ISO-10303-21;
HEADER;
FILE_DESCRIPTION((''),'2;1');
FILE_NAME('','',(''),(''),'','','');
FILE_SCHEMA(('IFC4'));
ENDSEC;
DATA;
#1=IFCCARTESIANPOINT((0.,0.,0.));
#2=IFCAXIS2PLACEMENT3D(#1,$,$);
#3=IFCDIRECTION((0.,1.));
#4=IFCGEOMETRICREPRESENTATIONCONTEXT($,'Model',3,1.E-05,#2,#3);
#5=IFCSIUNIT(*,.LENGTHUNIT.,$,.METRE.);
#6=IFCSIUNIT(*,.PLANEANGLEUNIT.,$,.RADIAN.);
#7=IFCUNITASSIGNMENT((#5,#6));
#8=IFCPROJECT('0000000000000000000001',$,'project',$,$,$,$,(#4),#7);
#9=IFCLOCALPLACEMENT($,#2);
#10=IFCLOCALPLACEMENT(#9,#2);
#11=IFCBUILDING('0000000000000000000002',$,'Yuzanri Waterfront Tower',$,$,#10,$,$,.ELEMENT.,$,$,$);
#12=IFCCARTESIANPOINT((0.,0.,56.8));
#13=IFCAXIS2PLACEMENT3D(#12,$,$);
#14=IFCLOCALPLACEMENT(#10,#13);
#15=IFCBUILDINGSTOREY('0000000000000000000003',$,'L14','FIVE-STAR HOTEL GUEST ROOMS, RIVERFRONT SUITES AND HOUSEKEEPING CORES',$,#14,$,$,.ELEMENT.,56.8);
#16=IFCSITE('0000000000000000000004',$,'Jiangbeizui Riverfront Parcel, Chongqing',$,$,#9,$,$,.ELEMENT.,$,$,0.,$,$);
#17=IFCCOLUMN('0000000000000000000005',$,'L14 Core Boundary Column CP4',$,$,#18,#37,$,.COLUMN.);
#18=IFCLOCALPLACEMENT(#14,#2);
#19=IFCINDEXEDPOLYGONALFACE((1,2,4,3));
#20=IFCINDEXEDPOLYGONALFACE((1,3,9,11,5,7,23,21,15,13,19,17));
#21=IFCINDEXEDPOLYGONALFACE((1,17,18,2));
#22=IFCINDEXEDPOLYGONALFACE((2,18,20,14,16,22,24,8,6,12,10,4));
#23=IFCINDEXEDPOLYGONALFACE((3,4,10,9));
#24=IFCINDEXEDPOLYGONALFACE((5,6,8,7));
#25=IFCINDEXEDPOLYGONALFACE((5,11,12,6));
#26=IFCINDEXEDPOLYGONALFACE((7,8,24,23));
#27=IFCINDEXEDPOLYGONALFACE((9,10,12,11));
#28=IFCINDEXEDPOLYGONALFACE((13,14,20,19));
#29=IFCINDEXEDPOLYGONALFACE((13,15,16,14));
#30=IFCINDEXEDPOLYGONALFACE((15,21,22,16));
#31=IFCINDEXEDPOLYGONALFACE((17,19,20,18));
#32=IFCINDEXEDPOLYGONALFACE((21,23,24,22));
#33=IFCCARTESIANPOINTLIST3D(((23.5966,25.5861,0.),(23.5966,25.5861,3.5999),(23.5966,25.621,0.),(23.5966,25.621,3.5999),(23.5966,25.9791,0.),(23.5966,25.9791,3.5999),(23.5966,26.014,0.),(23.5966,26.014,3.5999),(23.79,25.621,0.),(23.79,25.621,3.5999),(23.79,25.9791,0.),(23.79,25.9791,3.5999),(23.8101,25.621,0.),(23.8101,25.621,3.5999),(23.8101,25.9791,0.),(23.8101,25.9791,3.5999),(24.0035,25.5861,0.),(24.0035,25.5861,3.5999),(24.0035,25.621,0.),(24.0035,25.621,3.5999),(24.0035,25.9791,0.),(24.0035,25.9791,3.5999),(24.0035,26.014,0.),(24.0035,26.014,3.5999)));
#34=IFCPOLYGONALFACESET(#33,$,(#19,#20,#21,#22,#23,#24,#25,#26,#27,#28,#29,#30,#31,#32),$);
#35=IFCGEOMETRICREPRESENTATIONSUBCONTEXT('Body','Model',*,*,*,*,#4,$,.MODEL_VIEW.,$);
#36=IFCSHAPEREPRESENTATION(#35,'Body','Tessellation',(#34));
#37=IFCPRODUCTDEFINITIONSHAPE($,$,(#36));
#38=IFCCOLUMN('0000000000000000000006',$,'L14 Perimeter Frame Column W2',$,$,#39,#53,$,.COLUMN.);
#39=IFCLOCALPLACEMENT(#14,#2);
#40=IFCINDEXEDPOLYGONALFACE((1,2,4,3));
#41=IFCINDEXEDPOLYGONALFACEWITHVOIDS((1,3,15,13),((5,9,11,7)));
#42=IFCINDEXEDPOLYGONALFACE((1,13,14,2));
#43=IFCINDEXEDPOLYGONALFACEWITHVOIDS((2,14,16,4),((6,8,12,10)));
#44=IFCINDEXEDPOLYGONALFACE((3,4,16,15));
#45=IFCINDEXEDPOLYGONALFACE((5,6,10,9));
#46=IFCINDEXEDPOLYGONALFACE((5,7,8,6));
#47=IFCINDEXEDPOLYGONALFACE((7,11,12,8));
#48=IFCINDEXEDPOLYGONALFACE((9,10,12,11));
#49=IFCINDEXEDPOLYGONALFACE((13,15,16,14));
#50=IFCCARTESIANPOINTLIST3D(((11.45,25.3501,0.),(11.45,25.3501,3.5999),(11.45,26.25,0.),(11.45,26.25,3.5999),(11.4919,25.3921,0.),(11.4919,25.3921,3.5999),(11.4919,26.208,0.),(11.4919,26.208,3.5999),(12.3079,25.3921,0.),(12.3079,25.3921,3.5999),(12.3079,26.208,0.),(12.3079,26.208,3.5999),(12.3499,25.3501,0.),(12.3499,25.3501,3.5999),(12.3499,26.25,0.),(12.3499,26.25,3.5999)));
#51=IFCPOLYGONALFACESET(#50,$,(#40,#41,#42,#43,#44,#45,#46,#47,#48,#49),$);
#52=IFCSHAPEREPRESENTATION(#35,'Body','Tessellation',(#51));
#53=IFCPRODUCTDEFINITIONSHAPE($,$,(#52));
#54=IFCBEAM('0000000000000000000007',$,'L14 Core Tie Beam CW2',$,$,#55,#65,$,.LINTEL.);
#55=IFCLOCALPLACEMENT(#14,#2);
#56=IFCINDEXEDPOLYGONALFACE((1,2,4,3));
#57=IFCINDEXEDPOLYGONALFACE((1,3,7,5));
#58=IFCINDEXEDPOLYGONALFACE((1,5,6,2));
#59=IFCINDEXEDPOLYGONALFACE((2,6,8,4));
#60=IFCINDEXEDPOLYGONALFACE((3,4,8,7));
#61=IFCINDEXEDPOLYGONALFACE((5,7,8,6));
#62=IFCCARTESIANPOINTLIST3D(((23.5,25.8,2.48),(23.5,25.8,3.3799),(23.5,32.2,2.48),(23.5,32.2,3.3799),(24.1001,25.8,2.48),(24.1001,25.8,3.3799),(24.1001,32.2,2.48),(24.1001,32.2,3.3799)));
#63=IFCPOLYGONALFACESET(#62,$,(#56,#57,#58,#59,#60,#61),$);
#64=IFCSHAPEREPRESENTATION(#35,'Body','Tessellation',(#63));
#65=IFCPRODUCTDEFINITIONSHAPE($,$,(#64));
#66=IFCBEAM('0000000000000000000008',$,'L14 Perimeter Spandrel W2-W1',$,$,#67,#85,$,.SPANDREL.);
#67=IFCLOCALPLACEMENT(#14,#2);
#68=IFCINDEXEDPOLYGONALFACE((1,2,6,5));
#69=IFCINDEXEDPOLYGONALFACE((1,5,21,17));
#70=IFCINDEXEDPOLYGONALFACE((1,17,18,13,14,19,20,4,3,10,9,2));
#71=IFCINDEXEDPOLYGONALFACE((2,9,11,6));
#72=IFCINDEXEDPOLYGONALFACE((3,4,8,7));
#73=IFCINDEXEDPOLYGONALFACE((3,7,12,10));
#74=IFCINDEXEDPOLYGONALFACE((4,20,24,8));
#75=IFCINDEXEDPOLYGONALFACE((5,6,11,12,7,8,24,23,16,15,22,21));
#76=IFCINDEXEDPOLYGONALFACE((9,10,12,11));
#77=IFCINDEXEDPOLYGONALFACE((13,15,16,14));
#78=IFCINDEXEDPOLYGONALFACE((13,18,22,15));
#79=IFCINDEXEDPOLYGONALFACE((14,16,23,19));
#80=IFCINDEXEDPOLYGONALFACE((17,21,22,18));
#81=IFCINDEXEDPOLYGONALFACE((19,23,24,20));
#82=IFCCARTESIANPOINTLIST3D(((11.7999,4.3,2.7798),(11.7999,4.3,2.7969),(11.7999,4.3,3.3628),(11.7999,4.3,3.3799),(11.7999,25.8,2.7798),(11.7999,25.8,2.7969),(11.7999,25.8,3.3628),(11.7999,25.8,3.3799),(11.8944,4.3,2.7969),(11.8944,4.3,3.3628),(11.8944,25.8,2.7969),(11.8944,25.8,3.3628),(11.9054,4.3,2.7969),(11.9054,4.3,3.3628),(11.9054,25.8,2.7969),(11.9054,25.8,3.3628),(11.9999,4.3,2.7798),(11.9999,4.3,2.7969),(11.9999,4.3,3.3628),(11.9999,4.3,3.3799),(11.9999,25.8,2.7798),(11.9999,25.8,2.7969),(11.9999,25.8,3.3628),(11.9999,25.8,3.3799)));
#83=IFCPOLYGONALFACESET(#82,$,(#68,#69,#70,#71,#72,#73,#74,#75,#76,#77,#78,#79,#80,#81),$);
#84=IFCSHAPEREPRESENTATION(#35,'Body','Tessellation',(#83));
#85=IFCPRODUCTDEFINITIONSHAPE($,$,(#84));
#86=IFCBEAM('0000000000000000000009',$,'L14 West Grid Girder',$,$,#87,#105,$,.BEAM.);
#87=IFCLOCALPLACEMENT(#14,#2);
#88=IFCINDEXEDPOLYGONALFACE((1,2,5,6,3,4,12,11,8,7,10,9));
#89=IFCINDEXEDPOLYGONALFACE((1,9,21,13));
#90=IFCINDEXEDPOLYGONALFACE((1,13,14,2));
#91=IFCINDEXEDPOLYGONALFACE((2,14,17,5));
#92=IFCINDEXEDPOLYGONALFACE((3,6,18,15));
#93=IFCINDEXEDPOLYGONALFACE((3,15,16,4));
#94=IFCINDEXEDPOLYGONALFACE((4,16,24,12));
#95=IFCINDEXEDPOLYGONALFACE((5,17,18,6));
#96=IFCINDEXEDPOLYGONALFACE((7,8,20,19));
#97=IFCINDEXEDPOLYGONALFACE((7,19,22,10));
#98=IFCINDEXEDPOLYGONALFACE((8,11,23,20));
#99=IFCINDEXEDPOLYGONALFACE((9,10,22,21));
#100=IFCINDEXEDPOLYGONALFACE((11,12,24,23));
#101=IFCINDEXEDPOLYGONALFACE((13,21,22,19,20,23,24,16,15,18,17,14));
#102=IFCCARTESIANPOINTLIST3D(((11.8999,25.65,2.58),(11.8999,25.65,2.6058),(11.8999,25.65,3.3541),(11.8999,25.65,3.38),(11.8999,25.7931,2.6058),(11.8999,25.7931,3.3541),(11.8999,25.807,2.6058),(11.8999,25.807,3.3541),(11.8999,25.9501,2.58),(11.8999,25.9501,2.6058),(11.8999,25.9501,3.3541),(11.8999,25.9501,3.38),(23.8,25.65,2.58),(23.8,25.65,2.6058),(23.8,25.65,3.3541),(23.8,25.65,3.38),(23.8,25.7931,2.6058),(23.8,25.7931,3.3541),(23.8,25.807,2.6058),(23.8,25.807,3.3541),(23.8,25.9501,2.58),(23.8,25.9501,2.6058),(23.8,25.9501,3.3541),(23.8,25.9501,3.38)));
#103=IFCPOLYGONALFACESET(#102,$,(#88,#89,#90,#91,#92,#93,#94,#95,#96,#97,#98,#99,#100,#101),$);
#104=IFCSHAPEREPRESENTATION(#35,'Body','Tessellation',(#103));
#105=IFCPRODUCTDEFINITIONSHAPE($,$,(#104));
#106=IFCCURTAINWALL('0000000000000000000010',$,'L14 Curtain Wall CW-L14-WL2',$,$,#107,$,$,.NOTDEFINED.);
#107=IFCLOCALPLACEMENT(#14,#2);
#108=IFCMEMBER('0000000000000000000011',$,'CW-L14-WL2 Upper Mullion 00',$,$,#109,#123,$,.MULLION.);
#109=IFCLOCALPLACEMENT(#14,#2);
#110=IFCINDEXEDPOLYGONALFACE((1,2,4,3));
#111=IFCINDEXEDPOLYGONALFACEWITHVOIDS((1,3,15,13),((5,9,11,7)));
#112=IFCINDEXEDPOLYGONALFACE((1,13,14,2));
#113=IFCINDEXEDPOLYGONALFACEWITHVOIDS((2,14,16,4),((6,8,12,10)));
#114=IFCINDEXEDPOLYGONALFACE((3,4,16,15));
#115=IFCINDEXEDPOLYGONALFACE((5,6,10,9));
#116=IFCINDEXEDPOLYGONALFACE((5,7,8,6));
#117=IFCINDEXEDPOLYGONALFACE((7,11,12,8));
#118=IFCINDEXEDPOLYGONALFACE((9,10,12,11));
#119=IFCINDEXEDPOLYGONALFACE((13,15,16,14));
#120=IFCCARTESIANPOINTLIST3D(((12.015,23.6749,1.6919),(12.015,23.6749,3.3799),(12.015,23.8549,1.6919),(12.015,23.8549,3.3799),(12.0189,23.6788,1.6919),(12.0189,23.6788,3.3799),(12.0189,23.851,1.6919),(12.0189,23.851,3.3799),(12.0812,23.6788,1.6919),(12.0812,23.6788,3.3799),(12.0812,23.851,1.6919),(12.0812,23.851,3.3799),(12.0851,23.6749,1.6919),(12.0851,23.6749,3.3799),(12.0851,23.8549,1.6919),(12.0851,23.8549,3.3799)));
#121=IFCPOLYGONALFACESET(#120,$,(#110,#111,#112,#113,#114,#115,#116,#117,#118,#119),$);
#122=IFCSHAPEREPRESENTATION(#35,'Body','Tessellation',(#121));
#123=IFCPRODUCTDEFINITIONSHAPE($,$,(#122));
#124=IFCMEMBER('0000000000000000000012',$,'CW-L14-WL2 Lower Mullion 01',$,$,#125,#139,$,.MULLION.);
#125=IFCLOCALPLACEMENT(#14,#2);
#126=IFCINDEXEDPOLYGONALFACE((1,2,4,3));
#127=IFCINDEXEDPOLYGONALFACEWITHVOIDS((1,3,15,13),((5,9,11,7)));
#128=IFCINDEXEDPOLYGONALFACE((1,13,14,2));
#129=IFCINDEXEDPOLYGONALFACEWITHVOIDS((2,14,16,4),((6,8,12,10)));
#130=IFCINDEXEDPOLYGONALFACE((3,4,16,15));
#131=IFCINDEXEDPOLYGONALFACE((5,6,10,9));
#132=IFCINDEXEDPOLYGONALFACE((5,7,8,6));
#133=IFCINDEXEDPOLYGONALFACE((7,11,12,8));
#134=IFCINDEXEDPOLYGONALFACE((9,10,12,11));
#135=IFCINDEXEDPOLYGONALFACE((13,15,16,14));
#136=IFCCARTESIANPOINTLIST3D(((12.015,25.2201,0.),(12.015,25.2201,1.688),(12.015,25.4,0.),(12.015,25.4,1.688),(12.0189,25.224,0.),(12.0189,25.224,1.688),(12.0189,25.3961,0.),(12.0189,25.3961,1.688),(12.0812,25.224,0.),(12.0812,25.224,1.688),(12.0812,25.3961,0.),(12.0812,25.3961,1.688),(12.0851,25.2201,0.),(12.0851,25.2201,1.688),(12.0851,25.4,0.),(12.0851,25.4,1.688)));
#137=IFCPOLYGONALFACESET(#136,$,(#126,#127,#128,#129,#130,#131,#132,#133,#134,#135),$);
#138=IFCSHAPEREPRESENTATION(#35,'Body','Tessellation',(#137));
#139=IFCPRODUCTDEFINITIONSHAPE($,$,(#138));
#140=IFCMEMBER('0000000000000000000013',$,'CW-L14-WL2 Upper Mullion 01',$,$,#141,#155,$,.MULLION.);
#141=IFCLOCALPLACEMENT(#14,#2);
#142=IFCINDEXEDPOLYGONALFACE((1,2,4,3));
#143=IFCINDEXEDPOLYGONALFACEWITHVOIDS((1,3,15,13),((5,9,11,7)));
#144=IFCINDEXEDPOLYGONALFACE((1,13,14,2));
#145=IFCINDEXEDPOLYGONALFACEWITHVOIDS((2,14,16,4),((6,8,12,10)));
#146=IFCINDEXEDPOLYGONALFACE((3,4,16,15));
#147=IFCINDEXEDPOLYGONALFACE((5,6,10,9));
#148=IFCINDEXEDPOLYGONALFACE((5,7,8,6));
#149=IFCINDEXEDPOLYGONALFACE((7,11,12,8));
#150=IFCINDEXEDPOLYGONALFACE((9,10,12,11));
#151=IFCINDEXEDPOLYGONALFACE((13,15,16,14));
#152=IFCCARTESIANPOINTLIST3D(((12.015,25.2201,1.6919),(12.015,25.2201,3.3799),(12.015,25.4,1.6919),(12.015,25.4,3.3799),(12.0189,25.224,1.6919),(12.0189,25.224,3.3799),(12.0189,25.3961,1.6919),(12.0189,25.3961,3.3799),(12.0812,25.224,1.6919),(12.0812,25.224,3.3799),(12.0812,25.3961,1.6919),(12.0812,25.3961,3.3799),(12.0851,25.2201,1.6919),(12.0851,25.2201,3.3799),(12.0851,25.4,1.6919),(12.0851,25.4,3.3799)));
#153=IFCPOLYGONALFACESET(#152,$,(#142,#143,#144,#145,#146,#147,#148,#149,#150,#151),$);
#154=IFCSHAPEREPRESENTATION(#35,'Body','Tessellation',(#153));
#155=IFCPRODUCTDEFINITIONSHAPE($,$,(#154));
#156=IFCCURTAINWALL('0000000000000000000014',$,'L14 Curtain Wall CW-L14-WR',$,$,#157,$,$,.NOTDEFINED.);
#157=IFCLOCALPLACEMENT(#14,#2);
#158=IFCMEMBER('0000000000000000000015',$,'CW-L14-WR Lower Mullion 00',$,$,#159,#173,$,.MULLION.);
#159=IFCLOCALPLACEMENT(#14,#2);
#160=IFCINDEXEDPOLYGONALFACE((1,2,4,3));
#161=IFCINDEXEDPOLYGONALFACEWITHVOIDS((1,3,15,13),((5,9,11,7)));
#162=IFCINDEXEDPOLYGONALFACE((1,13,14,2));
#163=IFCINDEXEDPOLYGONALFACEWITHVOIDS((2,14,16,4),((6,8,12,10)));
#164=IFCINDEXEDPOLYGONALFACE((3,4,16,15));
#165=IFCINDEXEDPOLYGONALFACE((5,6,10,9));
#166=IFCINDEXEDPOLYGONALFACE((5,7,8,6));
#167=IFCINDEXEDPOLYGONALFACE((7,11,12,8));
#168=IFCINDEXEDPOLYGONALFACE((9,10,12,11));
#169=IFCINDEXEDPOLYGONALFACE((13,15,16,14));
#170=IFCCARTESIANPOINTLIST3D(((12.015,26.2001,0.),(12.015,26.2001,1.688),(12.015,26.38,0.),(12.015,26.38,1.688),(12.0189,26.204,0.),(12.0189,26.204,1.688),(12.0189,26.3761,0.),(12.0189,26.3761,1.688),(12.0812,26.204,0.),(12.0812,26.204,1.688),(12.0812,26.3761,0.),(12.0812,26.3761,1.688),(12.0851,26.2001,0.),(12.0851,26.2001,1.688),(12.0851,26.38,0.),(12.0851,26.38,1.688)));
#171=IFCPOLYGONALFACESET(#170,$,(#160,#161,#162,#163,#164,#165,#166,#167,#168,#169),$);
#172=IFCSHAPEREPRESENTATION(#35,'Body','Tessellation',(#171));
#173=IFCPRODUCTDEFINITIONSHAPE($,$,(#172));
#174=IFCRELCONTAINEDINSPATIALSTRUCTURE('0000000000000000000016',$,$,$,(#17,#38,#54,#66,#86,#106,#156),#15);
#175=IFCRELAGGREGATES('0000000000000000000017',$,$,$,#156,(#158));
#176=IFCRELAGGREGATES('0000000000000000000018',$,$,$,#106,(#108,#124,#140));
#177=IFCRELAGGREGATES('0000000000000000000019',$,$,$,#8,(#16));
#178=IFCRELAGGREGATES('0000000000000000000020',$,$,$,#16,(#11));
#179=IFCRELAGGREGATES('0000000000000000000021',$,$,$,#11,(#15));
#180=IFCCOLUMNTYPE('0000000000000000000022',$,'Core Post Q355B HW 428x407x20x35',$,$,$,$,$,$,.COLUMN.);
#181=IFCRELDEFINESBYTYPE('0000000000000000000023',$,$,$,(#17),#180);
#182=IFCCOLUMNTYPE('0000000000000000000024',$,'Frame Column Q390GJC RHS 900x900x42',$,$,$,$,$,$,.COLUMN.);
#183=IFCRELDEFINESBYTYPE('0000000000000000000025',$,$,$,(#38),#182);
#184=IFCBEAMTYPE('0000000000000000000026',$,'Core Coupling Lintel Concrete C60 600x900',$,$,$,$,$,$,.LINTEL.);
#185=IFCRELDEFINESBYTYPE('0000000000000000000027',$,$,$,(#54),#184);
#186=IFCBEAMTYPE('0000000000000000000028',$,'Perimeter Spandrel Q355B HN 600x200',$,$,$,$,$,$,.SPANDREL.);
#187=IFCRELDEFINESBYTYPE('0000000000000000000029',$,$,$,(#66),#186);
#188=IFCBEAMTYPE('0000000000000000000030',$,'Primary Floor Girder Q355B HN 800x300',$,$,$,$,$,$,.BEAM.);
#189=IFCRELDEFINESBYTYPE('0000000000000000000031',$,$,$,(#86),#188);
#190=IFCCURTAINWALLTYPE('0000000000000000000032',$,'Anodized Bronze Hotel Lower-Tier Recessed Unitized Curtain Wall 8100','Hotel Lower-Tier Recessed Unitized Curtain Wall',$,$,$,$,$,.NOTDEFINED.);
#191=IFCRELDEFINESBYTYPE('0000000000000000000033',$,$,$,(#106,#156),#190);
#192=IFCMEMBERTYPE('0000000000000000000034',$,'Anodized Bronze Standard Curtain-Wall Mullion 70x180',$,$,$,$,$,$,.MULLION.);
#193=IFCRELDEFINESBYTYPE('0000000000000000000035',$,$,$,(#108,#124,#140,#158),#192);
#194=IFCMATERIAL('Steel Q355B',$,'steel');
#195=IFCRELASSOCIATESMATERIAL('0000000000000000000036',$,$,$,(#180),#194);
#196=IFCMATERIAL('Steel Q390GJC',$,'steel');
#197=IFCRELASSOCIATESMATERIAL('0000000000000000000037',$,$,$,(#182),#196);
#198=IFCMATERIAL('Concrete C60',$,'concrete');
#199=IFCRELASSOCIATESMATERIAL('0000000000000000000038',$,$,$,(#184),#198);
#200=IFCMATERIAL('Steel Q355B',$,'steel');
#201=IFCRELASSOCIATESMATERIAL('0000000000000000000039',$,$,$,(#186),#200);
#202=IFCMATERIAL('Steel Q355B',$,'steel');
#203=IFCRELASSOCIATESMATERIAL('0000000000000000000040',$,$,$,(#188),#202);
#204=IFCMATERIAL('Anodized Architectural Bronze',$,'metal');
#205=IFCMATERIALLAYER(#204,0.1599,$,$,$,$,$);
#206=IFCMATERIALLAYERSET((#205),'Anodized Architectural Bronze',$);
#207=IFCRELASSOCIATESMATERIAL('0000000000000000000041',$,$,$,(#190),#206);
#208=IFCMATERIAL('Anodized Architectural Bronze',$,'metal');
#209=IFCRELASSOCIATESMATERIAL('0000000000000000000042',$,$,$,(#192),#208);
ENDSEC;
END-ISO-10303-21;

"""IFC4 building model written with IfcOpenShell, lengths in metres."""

from ifc_helpers import new_model, si_unit, direction, frame, origin, origin_2d, place, context, subcontext, project, spatial, rectangle, hollow_rectangle, i_section, extrude, source, transform, mapped, material, layer, layer_set, material_profile, profile_set, type_object, element, aggregate, save


model = new_model("IFC4")

# Units and contexts
model_context = context("Model", 3, precision=1e-05, world=origin(), true_north=direction((0.0, 1.0)))
body_context = subcontext(model_context, "Body", "Model", "MODEL_VIEW")
ifc_project = project(units=[si_unit("LENGTHUNIT", "METRE"), si_unit("PLANEANGLEUNIT", "RADIAN")], contexts=[model_context])

# Site, building, storey
site_placement = place(None, origin())
site = spatial("IfcSite", under=ifc_project, at=site_placement, Name="Jiangbeizui Riverfront Parcel, Chongqing", CompositionType="ELEMENT", RefElevation=0.0)
building_placement = place(site_placement, origin())
building = spatial("IfcBuilding", under=site, at=building_placement, Name="Yuzanri Waterfront Tower", CompositionType="ELEMENT")
storey_placement = place(building_placement, frame((0.0, 0.0, 56.8)))
storey = spatial("IfcBuildingStorey", under=building, at=storey_placement, Name="L14", Description="FIVE-STAR HOTEL GUEST ROOMS, RIVERFRONT SUITES AND HOUSEKEEPING CORES", CompositionType="ELEMENT", Elevation=56.8)

# Columns
ifc_material_1 = material(Name="Steel Q355B", Category="steel")
ifc_material_profile_1 = material_profile(ifc_material_1, i_section(OverallWidth=0.407, OverallDepth=0.428, WebThickness=0.02, FlangeThickness=0.0349, at=origin_2d()), Name="HW 428x407x20x35")
ifc_profile_set_1 = profile_set([ifc_material_profile_1], Name="Steel Q355B")
column_type_1 = type_object("IfcColumnType", Name="Core Post Q355B HW 428x407x20x35", PredefinedType="COLUMN", material=ifc_profile_set_1)
shared_shape_1 = source(origin(), body_context, "Body", "SweptSolid", [
    extrude(i_section(OverallWidth=0.407, OverallDepth=0.428, WebThickness=0.02, FlangeThickness=0.0349, at=origin_2d()), origin(), (0.0, 0.0, 1.0), 3.5999),
])
column_1_placement = place(storey_placement, frame((23.8, 25.8, 0.0), z_axis=(0.0, 0.0, 1.0), x_axis=(1.0, 0.0, 0.0)))
element("IfcColumn", 1, at=column_1_placement, inside=storey, type_object=column_type_1, Name="L14 Core Boundary Column CP4", PredefinedType="COLUMN", context=body_context, shape_type="MappedRepresentation", body=[
    mapped(shared_shape_1, transform((0.0, 0.0, 0.0), scale=1.0)),
])
ifc_material_2 = material(Name="Steel Q390GJC", Category="steel")
ifc_material_profile_2 = material_profile(ifc_material_2, hollow_rectangle(XDim=0.8999, YDim=0.8999, WallThickness=0.042, at=origin_2d()), Name="RHS 900x900x42")
ifc_profile_set_2 = profile_set([ifc_material_profile_2], Name="Steel Q390GJC")
column_type_2 = type_object("IfcColumnType", Name="Frame Column Q390GJC RHS 900x900x42", PredefinedType="COLUMN", material=ifc_profile_set_2)
shared_shape_2 = source(origin(), body_context, "Body", "SweptSolid", [
    extrude(hollow_rectangle(XDim=0.8999, YDim=0.8999, WallThickness=0.042, at=origin_2d()), origin(), (0.0, 0.0, 1.0), 3.5999),
])
column_2_placement = place(storey_placement, frame((11.8999, 25.8, 0.0), z_axis=(0.0, 0.0, 1.0), x_axis=(1.0, 0.0, 0.0)))
element("IfcColumn", 2, at=column_2_placement, inside=storey, type_object=column_type_2, Name="L14 Perimeter Frame Column W2", PredefinedType="COLUMN", context=body_context, shape_type="MappedRepresentation", body=[
    mapped(shared_shape_2, transform((0.0, 0.0, 0.0), scale=1.0)),
])

# Beams
ifc_material_3 = material(Name="Concrete C60", Category="concrete")
ifc_material_profile_3 = material_profile(ifc_material_3, rectangle(XDim=0.6001, YDim=0.8999, at=origin_2d()), Name="RC 600x900")
ifc_profile_set_3 = profile_set([ifc_material_profile_3], Name="Concrete C60")
beam_type_1 = type_object("IfcBeamType", Name="Core Coupling Lintel Concrete C60 600x900", PredefinedType="LINTEL", material=ifc_profile_set_3)
shared_shape_3 = source(origin(), body_context, "Body", "SweptSolid", [
    extrude(rectangle(XDim=0.6001, YDim=0.8999, at=origin_2d()), origin(), (0.0, 0.0, 1.0), 6.3999),
])
beam_1_placement = place(storey_placement, frame((23.8, 25.8, 2.9299), z_axis=(0.0, 1.0, 0.0), x_axis=(-1.0, 0.0, 0.0)))
element("IfcBeam", 3, at=beam_1_placement, inside=storey, type_object=beam_type_1, Name="L14 Core Tie Beam CW2", PredefinedType="LINTEL", context=body_context, shape_type="MappedRepresentation", body=[
    mapped(shared_shape_3, transform((0.0, 0.0, 0.0), scale=1.0)),
])
ifc_material_4 = material(Name="Steel Q355B", Category="steel")
ifc_material_profile_4 = material_profile(ifc_material_4, i_section(OverallWidth=0.2, OverallDepth=0.6001, WebThickness=0.011, FlangeThickness=0.0171, at=origin_2d()), Name="HN 600x200x11x17")
ifc_profile_set_4 = profile_set([ifc_material_profile_4], Name="Steel Q355B")
beam_type_2 = type_object("IfcBeamType", Name="Perimeter Spandrel Q355B HN 600x200", PredefinedType="SPANDREL", material=ifc_profile_set_4)
shared_shape_4 = source(origin(), body_context, "Body", "SweptSolid", [
    extrude(i_section(OverallWidth=0.2, OverallDepth=0.6001, WebThickness=0.011, FlangeThickness=0.0171, at=origin_2d()), origin(), (0.0, 0.0, 1.0), 21.5),
])
beam_2_placement = place(storey_placement, frame((11.8999, 25.8, 3.0798), z_axis=(0.0, -1.0, 0.0), x_axis=(1.0, 0.0, 0.0)))
element("IfcBeam", 4, at=beam_2_placement, inside=storey, type_object=beam_type_2, Name="L14 Perimeter Spandrel W2-W1", PredefinedType="SPANDREL", context=body_context, shape_type="MappedRepresentation", body=[
    mapped(shared_shape_4, transform((0.0, 0.0, 0.0), scale=1.0)),
])
ifc_material_5 = material(Name="Steel Q355B", Category="steel")
ifc_material_profile_5 = material_profile(ifc_material_5, i_section(OverallWidth=0.3, OverallDepth=0.8, WebThickness=0.0139, FlangeThickness=0.0259, at=origin_2d()), Name="HN 800x300x14x26")
ifc_profile_set_5 = profile_set([ifc_material_profile_5], Name="Steel Q355B")
beam_type_3 = type_object("IfcBeamType", Name="Primary Floor Girder Q355B HN 800x300", PredefinedType="BEAM", material=ifc_profile_set_5)
shared_shape_5 = source(origin(), body_context, "Body", "SweptSolid", [
    extrude(i_section(OverallWidth=0.3, OverallDepth=0.8, WebThickness=0.0139, FlangeThickness=0.0259, at=origin_2d()), origin(), (0.0, 0.0, 1.0), 11.9001),
])
beam_3_placement = place(storey_placement, frame((23.8, 25.8, 2.98), z_axis=(-1.0, 0.0, 0.0), x_axis=(0.0, -1.0, 0.0)))
element("IfcBeam", 5, at=beam_3_placement, inside=storey, type_object=beam_type_3, Name="L14 West Grid Girder", PredefinedType="BEAM", context=body_context, shape_type="MappedRepresentation", body=[
    mapped(shared_shape_5, transform((0.0, 0.0, 0.0), scale=1.0)),
])

# Curtain walls, members
ifc_material_6 = material(Name="Anodized Architectural Bronze", Category="metal")
ifc_layer_1 = layer(ifc_material_6, 0.1599)
ifc_layer_set_1 = layer_set([ifc_layer_1], Name="Anodized Architectural Bronze")
curtain_wall_type = type_object("IfcCurtainWallType", Name="Anodized Bronze Hotel Lower-Tier Recessed Unitized Curtain Wall 8100", Description="Hotel Lower-Tier Recessed Unitized Curtain Wall", PredefinedType="NOTDEFINED", material=ifc_layer_set_1)
curtain_wall_1_placement = place(storey_placement, origin())
curtain_wall_1 = element("IfcCurtainWall", 6, at=curtain_wall_1_placement, inside=storey, type_object=curtain_wall_type, Name="L14 Curtain Wall CW-L14-WL2", PredefinedType="NOTDEFINED")
ifc_material_7 = material(Name="Anodized Architectural Bronze", Category="metal")
ifc_material_profile_6 = material_profile(ifc_material_7, hollow_rectangle(XDim=0.0701, YDim=0.1799, WallThickness=0.0039, at=origin_2d()), Name="CWM 70x180")
ifc_profile_set_6 = profile_set([ifc_material_profile_6], Name="Anodized Architectural Bronze")
member_type_1 = type_object("IfcMemberType", Name="Anodized Bronze Standard Curtain-Wall Mullion 70x180", PredefinedType="MULLION", material=ifc_profile_set_6)
shared_shape_6 = source(origin(), body_context, "Body", "SweptSolid", [
    extrude(hollow_rectangle(XDim=0.0701, YDim=0.1799, WallThickness=0.0039, at=origin_2d()), origin(), (0.0, 0.0, 1.0), 1.688),
])
member_1_placement = place(storey_placement, frame((12.05, 23.7649, 1.6919), z_axis=(0.0, 0.0, 1.0), x_axis=(1.0, 0.0, 0.0)))
member_1 = element("IfcMember", 7, at=member_1_placement, type_object=member_type_1, Name="CW-L14-WL2 Upper Mullion 00", PredefinedType="MULLION", context=body_context, shape_type="MappedRepresentation", body=[
    mapped(shared_shape_6, transform((0.0, 0.0, 0.0), scale=1.0)),
])
member_2_placement = place(storey_placement, frame((12.05, 25.3101, 0.0), z_axis=(0.0, 0.0, 1.0), x_axis=(1.0, 0.0, 0.0)))
member_2 = element("IfcMember", 8, at=member_2_placement, type_object=member_type_1, Name="CW-L14-WL2 Lower Mullion 01", PredefinedType="MULLION", context=body_context, shape_type="MappedRepresentation", body=[
    mapped(shared_shape_6, transform((0.0, 0.0, 0.0), scale=1.0)),
])
member_3_placement = place(storey_placement, frame((12.05, 25.3101, 1.6919), z_axis=(0.0, 0.0, 1.0), x_axis=(1.0, 0.0, 0.0)))
member_3 = element("IfcMember", 9, at=member_3_placement, type_object=member_type_1, Name="CW-L14-WL2 Upper Mullion 01", PredefinedType="MULLION", context=body_context, shape_type="MappedRepresentation", body=[
    mapped(shared_shape_6, transform((0.0, 0.0, 0.0), scale=1.0)),
])
curtain_wall_2_placement = place(storey_placement, origin())
curtain_wall_2 = element("IfcCurtainWall", 10, at=curtain_wall_2_placement, inside=storey, type_object=curtain_wall_type, Name="L14 Curtain Wall CW-L14-WR", PredefinedType="NOTDEFINED")
member_4_placement = place(storey_placement, frame((12.05, 26.29, 0.0), z_axis=(0.0, 0.0, 1.0), x_axis=(1.0, 0.0, 0.0)))
member_4 = element("IfcMember", 11, at=member_4_placement, type_object=member_type_1, Name="CW-L14-WR Lower Mullion 00", PredefinedType="MULLION", context=body_context, shape_type="MappedRepresentation", body=[
    mapped(shared_shape_6, transform((0.0, 0.0, 0.0), scale=1.0)),
])
aggregate(curtain_wall_2, [member_4])

aggregate(curtain_wall_1, [member_1, member_2, member_3])

save(model, "model.ifc")
